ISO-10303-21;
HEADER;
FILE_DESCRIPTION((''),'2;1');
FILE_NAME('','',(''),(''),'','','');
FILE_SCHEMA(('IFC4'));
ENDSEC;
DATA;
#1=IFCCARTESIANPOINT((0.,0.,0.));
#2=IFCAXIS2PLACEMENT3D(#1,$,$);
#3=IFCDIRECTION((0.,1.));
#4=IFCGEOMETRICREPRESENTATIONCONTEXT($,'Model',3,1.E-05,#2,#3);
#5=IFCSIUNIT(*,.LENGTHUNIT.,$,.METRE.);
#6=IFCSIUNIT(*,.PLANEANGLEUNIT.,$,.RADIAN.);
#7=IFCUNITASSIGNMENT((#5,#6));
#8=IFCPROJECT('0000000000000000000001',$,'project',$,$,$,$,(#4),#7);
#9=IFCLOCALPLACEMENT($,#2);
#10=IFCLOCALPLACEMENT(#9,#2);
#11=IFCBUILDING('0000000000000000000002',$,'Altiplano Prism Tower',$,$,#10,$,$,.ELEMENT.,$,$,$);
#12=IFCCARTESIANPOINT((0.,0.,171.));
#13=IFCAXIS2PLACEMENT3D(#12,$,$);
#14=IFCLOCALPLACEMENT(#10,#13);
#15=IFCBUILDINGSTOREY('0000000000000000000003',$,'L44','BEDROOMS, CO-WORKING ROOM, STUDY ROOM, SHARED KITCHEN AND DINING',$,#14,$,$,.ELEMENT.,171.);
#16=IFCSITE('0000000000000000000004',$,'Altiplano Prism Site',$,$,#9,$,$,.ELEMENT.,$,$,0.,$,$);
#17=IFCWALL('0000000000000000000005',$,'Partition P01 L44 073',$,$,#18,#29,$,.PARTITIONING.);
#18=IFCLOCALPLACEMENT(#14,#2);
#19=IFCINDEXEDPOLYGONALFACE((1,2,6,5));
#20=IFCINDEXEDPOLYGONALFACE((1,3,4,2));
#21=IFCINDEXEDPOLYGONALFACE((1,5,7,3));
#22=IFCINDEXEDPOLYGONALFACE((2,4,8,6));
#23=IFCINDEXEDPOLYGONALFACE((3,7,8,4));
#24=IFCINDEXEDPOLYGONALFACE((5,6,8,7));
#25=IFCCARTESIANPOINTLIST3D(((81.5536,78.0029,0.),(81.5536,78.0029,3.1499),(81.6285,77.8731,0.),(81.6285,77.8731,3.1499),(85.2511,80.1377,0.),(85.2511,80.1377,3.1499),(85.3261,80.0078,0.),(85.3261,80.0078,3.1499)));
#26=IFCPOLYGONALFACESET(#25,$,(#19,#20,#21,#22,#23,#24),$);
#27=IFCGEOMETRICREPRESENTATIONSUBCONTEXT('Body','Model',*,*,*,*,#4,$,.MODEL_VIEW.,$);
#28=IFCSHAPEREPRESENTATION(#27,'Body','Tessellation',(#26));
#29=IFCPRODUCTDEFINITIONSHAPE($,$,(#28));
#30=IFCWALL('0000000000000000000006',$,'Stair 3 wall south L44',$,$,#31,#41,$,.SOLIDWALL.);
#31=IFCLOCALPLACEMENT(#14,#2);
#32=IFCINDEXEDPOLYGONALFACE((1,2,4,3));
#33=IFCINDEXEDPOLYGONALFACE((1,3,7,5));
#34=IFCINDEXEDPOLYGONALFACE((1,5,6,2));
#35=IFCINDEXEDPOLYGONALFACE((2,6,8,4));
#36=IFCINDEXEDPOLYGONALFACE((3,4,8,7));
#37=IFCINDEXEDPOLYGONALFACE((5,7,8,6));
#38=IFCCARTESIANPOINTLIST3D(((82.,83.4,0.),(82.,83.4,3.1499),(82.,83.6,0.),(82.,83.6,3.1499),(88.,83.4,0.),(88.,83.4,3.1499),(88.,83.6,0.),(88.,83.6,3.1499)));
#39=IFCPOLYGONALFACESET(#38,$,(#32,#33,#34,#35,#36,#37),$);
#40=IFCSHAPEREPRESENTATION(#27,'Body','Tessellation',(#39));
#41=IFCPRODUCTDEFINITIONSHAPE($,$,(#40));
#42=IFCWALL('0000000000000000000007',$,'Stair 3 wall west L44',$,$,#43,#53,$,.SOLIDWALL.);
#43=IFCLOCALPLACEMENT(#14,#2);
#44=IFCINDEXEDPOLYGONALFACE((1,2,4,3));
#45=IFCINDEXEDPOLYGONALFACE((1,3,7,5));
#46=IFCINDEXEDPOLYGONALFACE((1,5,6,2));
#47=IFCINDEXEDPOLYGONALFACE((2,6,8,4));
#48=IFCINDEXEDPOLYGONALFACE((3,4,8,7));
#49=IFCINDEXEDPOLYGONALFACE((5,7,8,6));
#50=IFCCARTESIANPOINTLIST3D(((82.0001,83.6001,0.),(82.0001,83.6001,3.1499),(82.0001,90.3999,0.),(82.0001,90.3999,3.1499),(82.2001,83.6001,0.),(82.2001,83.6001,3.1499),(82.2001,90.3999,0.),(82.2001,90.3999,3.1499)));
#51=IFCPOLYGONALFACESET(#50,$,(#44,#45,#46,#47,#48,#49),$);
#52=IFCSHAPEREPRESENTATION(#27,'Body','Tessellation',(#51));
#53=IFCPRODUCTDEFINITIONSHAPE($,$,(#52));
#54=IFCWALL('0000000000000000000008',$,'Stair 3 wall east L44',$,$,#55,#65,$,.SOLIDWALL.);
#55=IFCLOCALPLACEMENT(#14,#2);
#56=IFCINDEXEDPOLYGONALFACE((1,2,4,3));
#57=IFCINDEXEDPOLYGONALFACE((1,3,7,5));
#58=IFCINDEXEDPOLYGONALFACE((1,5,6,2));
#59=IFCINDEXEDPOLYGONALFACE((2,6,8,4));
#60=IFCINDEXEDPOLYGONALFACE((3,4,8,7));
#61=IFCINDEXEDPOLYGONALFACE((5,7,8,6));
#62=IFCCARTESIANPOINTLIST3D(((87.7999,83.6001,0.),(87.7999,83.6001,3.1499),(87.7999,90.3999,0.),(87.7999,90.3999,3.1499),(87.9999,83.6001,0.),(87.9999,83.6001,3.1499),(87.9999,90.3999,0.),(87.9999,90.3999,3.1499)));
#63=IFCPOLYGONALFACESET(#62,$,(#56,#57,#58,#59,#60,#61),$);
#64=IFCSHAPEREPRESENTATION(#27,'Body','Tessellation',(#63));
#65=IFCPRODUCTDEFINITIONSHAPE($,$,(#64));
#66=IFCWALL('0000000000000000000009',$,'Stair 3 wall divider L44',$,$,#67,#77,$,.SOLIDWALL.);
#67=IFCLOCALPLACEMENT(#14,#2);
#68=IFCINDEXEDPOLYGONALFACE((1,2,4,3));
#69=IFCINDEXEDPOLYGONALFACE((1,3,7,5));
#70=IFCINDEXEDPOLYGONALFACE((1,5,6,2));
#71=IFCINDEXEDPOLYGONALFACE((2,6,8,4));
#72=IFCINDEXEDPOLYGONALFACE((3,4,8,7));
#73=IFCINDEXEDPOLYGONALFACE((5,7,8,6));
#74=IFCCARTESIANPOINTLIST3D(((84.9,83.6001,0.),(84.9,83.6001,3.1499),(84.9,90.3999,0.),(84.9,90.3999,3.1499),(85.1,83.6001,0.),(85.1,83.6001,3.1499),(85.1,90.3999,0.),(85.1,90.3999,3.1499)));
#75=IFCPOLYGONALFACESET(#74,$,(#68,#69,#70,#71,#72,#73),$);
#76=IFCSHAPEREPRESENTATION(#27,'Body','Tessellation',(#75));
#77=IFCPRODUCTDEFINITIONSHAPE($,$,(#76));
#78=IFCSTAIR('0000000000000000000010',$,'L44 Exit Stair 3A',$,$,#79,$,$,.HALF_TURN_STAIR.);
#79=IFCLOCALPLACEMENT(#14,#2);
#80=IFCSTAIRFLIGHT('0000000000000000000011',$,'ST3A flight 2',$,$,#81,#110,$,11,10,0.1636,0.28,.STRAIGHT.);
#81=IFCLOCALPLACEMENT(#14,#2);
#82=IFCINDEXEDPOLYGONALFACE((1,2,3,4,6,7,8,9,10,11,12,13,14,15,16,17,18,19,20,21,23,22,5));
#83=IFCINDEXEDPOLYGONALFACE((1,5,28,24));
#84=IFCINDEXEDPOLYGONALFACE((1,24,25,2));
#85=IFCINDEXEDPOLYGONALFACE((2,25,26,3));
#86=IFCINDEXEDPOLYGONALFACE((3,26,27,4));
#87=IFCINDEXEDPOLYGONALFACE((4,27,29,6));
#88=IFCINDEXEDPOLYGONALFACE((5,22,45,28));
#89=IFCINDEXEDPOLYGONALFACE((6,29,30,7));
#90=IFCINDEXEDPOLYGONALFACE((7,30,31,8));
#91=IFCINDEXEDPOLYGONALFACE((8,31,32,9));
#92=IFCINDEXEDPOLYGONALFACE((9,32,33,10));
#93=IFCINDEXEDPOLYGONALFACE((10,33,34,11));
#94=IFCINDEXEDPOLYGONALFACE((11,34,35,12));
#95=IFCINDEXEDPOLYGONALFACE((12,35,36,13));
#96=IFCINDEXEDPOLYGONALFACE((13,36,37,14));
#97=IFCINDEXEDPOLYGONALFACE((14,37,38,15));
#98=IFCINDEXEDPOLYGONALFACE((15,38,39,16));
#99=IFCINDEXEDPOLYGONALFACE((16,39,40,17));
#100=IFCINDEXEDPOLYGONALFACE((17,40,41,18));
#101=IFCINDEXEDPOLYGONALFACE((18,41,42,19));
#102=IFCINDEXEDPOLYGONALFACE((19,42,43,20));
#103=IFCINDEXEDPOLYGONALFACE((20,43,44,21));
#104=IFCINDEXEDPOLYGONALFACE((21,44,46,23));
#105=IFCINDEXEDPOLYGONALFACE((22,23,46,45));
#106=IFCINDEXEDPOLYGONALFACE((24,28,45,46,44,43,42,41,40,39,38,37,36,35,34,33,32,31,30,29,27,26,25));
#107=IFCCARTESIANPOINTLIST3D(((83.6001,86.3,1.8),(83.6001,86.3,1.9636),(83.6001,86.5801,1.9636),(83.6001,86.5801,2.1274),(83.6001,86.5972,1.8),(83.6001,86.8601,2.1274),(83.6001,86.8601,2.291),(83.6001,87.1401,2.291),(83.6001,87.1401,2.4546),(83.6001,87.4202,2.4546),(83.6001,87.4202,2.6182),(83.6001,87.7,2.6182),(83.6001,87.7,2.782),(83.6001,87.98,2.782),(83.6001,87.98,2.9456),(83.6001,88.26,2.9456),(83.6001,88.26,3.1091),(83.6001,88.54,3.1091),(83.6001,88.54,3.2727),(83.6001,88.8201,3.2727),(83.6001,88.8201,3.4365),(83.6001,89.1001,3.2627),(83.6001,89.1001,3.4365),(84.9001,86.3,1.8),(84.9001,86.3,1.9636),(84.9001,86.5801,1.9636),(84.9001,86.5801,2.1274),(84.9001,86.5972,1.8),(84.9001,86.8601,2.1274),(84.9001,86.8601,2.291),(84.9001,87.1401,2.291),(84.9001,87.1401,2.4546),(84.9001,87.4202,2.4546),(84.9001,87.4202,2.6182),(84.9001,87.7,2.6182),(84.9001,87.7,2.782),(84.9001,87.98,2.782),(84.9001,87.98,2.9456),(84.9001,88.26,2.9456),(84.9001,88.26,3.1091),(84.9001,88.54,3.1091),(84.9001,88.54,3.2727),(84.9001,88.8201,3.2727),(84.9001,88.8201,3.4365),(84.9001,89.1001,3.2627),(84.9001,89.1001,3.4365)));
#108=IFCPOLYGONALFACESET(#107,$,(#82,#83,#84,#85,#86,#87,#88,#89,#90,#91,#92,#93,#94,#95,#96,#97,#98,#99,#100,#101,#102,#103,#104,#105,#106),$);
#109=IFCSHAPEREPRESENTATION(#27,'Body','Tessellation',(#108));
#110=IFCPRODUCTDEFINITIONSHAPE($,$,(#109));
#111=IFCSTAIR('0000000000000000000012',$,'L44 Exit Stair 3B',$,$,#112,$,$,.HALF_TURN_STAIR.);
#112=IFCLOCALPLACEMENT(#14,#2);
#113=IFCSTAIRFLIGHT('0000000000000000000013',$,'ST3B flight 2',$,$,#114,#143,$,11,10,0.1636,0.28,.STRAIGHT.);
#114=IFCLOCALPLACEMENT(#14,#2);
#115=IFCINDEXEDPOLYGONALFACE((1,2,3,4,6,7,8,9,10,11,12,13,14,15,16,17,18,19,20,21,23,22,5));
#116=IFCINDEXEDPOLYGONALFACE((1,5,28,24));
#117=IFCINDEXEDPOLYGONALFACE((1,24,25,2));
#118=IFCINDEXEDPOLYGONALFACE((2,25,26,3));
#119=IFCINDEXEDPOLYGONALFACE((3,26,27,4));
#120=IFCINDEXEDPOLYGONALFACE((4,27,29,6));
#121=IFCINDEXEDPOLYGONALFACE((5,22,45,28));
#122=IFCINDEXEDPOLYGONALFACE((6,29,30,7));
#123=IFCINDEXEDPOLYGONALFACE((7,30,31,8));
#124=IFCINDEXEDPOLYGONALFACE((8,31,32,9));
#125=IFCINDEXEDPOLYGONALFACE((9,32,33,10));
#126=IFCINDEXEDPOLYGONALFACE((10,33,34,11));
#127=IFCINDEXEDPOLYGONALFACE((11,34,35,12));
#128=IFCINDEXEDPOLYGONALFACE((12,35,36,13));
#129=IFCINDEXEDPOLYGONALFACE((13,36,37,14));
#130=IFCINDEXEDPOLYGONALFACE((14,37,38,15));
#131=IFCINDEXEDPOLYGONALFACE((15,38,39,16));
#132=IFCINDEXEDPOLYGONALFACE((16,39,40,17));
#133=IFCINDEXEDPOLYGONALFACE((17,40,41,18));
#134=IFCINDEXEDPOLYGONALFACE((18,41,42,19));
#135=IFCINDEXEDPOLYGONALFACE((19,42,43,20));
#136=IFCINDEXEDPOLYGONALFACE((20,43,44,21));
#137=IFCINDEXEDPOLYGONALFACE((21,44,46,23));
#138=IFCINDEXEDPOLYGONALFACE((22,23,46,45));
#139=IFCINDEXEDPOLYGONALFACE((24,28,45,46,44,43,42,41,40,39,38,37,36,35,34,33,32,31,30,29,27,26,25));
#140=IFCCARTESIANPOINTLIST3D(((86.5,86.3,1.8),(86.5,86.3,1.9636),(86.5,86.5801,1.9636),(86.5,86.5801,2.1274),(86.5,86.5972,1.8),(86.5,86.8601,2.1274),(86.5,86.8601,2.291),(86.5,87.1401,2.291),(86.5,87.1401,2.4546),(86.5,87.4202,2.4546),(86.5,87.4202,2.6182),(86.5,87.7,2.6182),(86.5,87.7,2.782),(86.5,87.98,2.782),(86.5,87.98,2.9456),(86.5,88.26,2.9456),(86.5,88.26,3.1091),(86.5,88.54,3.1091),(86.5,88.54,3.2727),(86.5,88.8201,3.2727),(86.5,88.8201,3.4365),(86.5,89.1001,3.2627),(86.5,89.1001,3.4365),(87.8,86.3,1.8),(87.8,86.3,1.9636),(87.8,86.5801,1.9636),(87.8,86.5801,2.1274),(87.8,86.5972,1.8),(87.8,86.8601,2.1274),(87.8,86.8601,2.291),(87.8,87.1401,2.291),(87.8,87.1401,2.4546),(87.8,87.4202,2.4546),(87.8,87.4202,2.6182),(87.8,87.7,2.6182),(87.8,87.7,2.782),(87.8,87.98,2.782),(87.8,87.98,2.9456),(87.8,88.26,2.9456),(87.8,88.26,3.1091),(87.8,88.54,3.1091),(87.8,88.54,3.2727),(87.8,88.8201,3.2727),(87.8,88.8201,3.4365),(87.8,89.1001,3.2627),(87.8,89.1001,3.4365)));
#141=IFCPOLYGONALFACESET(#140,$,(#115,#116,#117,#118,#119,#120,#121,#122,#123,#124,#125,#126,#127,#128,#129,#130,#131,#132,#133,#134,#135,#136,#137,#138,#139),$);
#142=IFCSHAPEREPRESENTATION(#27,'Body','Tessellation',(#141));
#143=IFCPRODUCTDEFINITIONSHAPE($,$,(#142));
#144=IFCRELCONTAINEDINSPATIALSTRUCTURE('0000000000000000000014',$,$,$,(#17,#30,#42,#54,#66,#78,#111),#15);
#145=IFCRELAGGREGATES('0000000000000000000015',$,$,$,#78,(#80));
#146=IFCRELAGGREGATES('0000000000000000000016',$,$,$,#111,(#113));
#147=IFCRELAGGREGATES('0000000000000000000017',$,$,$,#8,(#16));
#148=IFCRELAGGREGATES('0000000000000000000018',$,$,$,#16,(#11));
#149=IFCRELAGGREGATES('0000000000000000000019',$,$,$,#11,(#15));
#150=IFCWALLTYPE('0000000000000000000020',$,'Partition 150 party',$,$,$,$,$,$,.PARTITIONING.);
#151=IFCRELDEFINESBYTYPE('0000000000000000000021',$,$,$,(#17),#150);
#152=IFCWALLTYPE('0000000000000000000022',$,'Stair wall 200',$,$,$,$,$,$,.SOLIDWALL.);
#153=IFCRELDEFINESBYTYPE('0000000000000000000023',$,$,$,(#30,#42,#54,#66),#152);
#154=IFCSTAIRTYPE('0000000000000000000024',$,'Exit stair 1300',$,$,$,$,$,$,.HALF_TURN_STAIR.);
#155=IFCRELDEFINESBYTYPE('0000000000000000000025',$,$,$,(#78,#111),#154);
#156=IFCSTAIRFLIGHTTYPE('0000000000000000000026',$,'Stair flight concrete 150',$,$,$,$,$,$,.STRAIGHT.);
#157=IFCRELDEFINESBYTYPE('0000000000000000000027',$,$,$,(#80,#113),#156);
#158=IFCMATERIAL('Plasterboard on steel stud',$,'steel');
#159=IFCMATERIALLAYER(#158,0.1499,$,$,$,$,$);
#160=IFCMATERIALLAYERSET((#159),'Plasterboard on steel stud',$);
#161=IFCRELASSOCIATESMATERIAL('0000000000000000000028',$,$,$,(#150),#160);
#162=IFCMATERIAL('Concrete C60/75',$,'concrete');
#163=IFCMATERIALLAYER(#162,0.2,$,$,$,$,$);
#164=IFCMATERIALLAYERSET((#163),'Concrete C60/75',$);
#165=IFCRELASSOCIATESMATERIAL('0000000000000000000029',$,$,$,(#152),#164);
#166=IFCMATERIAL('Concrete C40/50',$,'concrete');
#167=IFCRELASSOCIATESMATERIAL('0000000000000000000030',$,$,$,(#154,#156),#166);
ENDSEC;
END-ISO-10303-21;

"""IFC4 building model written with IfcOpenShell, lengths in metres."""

from ifc_helpers import new_model, si_unit, direction, frame, frame_2d, origin, place, context, subcontext, project, spatial, polyline, rectangle, outline, extrude, material, layer, layer_set, type_object, element, aggregate, save


model = new_model("IFC4")

# Units and contexts
model_context = context("Model", 3, precision=1e-05, world=origin(), true_north=direction((0.0, 1.0)))
body_context = subcontext(model_context, "Body", "Model", "MODEL_VIEW")
ifc_project = project(units=[si_unit("LENGTHUNIT", "METRE"), si_unit("PLANEANGLEUNIT", "RADIAN")], contexts=[model_context])

# Site, building, storey
site_placement = place(None, origin())
site = spatial("IfcSite", under=ifc_project, at=site_placement, Name="Altiplano Prism Site", CompositionType="ELEMENT", RefElevation=0.0)
building_placement = place(site_placement, origin())
building = spatial("IfcBuilding", under=site, at=building_placement, Name="Altiplano Prism Tower", CompositionType="ELEMENT")
storey_placement = place(building_placement, frame((0.0, 0.0, 171.0)))
storey = spatial("IfcBuildingStorey", under=building, at=storey_placement, Name="L44", Description="BEDROOMS, CO-WORKING ROOM, STUDY ROOM, SHARED KITCHEN AND DINING", CompositionType="ELEMENT", Elevation=171.0)

# Shared definitions
ifc_material_1 = material(Name="Concrete C60/75", Category="concrete")

# Shared definitions
ifc_material_2 = material(Name="Plasterboard on steel stud", Category="steel")

# Walls
ifc_layer_1 = layer(ifc_material_2, 0.1499)
ifc_layer_set_1 = layer_set([ifc_layer_1], Name="Plasterboard on steel stud")
wall_type_1 = type_object("IfcWallType", Name="Partition 150 party", PredefinedType="PARTITIONING", material=ifc_layer_set_1)
wall_1_placement = place(storey_placement, frame((81.5911, 77.938, 0.0), z_axis=(0.0, 0.0, 1.0), x_axis=(0.866025, 0.500001, 0.0)))
element("IfcWall", 1, at=wall_1_placement, inside=storey, type_object=wall_type_1, Name="Partition P01 L44 073", PredefinedType="PARTITIONING", context=body_context, shape_type="SweptSolid", body=[
    extrude(rectangle(XDim=4.2695, YDim=0.1499, at=frame_2d((2.1348, 0.0))), origin(), (0.0, 0.0, 1.0), 3.1499),
])
ifc_layer_2 = layer(ifc_material_1, 0.2)
ifc_layer_set_2 = layer_set([ifc_layer_2], Name="Concrete C60/75")
wall_type_2 = type_object("IfcWallType", Name="Stair wall 200", PredefinedType="SOLIDWALL", material=ifc_layer_set_2)
wall_2_placement = place(storey_placement, frame((82.0, 83.5, 0.0), z_axis=(0.0, 0.0, 1.0), x_axis=(1.0, 0.0, 0.0)))
element("IfcWall", 2, at=wall_2_placement, inside=storey, type_object=wall_type_2, Name="Stair 3 wall south L44", PredefinedType="SOLIDWALL", context=body_context, shape_type="SweptSolid", body=[
    extrude(rectangle(XDim=6.0, YDim=0.2, at=frame_2d((3.0, 0.0))), origin(), (0.0, 0.0, 1.0), 3.1499),
])
for number, where, z_axis, x_axis, name in (
    (3, (82.1001, 83.6001, 0.0), (0.0, 0.0, 1.0), (0.0, 1.0, 0.0), "Stair 3 wall west L44"),
    (4, (87.8999, 83.6001, 0.0), (0.0, 0.0, 1.0), (0.0, 1.0, 0.0), "Stair 3 wall east L44"),
    (5, (85.0, 83.6001, 0.0), (0.0, 0.0, 1.0), (0.0, 1.0, 0.0), "Stair 3 wall divider L44"),
):
    element("IfcWall", number, at=place(storey_placement, frame(where, z_axis=z_axis, x_axis=x_axis)), inside=storey, type_object=wall_type_2, Name=name, PredefinedType="SOLIDWALL", context=body_context, shape_type="SweptSolid", body=[
        extrude(rectangle(XDim=6.7998, YDim=0.2, at=frame_2d((3.3999, 0.0))), origin(), (0.0, 0.0, 1.0), 3.1499),
    ])

# Stairs, stair flights
ifc_material_3 = material(Name="Concrete C40/50", Category="concrete")
stair_type = type_object("IfcStairType", Name="Exit stair 1300", PredefinedType="HALF_TURN_STAIR", material=ifc_material_3)
stair_1_placement = place(storey_placement, origin())
stair_1 = element("IfcStair", 6, at=stair_1_placement, inside=storey, type_object=stair_type, Name="L44 Exit Stair 3A", PredefinedType="HALF_TURN_STAIR")
stair_flight_type = type_object("IfcStairFlightType", Name="Stair flight concrete 150", PredefinedType="STRAIGHT", material=ifc_material_3)
stair_flight_1_placement = place(storey_placement, frame((84.25, 86.3, 1.8), z_axis=(0.0, 0.0, 1.0), x_axis=(0.0, 1.0, 0.0)))
stair_flight_1 = element("IfcStairFlight", 7, at=stair_flight_1_placement, type_object=stair_flight_type, Name="ST3A flight 2", NumberOfRisers=11, NumberOfTreads=10, PredefinedType="STRAIGHT", RiserHeight=0.1636, TreadLength=0.28, context=body_context, shape_type="SweptSolid", body=[
    extrude(outline(polyline([(0.0, 0.0), (0.0, 0.1636), (0.28, 0.1636), (0.28, 0.3274), (0.5601, 0.3274), (0.5601, 0.491), (0.8401, 0.491), (0.8401, 0.6545), (1.1201, 0.6545), (1.1201, 0.8181), (1.3999, 0.8181), (1.3999, 0.9819), (1.6799, 0.9819), (1.6799, 1.1455), (1.96, 1.1455), (1.96, 1.3091), (2.24, 1.3091), (2.24, 1.4727), (2.52, 1.4727), (2.52, 1.6365), (2.8, 1.6365), (2.8, 1.8), (2.8, 1.4626), (0.2971, 0.0), (0.0, 0.0)])), frame((0.0, 0.6499, 0.0), z_axis=(0.0, -1.0, 0.0), x_axis=(1.0, 0.0, 0.0)), (0.0, 0.0, 1.0), 1.3),
])
aggregate(stair_1, [stair_flight_1])
stair_2_placement = place(storey_placement, origin())
stair_2 = element("IfcStair", 8, at=stair_2_placement, inside=storey, type_object=stair_type, Name="L44 Exit Stair 3B", PredefinedType="HALF_TURN_STAIR")
stair_flight_2_placement = place(storey_placement, frame((87.1499, 86.3, 1.8), z_axis=(0.0, 0.0, 1.0), x_axis=(0.0, 1.0, 0.0)))
stair_flight_2 = element("IfcStairFlight", 9, at=stair_flight_2_placement, type_object=stair_flight_type, Name="ST3B flight 2", NumberOfRisers=11, NumberOfTreads=10, PredefinedType="STRAIGHT", RiserHeight=0.1636, TreadLength=0.28, context=body_context, shape_type="SweptSolid", body=[
    extrude(outline(polyline([(0.0, 0.0), (0.0, 0.1636), (0.28, 0.1636), (0.28, 0.3274), (0.5601, 0.3274), (0.5601, 0.491), (0.8401, 0.491), (0.8401, 0.6545), (1.1201, 0.6545), (1.1201, 0.8181), (1.3999, 0.8181), (1.3999, 0.9819), (1.6799, 0.9819), (1.6799, 1.1455), (1.96, 1.1455), (1.96, 1.3091), (2.24, 1.3091), (2.24, 1.4727), (2.52, 1.4727), (2.52, 1.6365), (2.8, 1.6365), (2.8, 1.8), (2.8, 1.4626), (0.2971, 0.0), (0.0, 0.0)])), frame((0.0, 0.6499, 0.0), z_axis=(0.0, -1.0, 0.0), x_axis=(1.0, 0.0, 0.0)), (0.0, 0.0, 1.0), 1.3),
])
aggregate(stair_2, [stair_flight_2])

save(model, "model.ifc")
